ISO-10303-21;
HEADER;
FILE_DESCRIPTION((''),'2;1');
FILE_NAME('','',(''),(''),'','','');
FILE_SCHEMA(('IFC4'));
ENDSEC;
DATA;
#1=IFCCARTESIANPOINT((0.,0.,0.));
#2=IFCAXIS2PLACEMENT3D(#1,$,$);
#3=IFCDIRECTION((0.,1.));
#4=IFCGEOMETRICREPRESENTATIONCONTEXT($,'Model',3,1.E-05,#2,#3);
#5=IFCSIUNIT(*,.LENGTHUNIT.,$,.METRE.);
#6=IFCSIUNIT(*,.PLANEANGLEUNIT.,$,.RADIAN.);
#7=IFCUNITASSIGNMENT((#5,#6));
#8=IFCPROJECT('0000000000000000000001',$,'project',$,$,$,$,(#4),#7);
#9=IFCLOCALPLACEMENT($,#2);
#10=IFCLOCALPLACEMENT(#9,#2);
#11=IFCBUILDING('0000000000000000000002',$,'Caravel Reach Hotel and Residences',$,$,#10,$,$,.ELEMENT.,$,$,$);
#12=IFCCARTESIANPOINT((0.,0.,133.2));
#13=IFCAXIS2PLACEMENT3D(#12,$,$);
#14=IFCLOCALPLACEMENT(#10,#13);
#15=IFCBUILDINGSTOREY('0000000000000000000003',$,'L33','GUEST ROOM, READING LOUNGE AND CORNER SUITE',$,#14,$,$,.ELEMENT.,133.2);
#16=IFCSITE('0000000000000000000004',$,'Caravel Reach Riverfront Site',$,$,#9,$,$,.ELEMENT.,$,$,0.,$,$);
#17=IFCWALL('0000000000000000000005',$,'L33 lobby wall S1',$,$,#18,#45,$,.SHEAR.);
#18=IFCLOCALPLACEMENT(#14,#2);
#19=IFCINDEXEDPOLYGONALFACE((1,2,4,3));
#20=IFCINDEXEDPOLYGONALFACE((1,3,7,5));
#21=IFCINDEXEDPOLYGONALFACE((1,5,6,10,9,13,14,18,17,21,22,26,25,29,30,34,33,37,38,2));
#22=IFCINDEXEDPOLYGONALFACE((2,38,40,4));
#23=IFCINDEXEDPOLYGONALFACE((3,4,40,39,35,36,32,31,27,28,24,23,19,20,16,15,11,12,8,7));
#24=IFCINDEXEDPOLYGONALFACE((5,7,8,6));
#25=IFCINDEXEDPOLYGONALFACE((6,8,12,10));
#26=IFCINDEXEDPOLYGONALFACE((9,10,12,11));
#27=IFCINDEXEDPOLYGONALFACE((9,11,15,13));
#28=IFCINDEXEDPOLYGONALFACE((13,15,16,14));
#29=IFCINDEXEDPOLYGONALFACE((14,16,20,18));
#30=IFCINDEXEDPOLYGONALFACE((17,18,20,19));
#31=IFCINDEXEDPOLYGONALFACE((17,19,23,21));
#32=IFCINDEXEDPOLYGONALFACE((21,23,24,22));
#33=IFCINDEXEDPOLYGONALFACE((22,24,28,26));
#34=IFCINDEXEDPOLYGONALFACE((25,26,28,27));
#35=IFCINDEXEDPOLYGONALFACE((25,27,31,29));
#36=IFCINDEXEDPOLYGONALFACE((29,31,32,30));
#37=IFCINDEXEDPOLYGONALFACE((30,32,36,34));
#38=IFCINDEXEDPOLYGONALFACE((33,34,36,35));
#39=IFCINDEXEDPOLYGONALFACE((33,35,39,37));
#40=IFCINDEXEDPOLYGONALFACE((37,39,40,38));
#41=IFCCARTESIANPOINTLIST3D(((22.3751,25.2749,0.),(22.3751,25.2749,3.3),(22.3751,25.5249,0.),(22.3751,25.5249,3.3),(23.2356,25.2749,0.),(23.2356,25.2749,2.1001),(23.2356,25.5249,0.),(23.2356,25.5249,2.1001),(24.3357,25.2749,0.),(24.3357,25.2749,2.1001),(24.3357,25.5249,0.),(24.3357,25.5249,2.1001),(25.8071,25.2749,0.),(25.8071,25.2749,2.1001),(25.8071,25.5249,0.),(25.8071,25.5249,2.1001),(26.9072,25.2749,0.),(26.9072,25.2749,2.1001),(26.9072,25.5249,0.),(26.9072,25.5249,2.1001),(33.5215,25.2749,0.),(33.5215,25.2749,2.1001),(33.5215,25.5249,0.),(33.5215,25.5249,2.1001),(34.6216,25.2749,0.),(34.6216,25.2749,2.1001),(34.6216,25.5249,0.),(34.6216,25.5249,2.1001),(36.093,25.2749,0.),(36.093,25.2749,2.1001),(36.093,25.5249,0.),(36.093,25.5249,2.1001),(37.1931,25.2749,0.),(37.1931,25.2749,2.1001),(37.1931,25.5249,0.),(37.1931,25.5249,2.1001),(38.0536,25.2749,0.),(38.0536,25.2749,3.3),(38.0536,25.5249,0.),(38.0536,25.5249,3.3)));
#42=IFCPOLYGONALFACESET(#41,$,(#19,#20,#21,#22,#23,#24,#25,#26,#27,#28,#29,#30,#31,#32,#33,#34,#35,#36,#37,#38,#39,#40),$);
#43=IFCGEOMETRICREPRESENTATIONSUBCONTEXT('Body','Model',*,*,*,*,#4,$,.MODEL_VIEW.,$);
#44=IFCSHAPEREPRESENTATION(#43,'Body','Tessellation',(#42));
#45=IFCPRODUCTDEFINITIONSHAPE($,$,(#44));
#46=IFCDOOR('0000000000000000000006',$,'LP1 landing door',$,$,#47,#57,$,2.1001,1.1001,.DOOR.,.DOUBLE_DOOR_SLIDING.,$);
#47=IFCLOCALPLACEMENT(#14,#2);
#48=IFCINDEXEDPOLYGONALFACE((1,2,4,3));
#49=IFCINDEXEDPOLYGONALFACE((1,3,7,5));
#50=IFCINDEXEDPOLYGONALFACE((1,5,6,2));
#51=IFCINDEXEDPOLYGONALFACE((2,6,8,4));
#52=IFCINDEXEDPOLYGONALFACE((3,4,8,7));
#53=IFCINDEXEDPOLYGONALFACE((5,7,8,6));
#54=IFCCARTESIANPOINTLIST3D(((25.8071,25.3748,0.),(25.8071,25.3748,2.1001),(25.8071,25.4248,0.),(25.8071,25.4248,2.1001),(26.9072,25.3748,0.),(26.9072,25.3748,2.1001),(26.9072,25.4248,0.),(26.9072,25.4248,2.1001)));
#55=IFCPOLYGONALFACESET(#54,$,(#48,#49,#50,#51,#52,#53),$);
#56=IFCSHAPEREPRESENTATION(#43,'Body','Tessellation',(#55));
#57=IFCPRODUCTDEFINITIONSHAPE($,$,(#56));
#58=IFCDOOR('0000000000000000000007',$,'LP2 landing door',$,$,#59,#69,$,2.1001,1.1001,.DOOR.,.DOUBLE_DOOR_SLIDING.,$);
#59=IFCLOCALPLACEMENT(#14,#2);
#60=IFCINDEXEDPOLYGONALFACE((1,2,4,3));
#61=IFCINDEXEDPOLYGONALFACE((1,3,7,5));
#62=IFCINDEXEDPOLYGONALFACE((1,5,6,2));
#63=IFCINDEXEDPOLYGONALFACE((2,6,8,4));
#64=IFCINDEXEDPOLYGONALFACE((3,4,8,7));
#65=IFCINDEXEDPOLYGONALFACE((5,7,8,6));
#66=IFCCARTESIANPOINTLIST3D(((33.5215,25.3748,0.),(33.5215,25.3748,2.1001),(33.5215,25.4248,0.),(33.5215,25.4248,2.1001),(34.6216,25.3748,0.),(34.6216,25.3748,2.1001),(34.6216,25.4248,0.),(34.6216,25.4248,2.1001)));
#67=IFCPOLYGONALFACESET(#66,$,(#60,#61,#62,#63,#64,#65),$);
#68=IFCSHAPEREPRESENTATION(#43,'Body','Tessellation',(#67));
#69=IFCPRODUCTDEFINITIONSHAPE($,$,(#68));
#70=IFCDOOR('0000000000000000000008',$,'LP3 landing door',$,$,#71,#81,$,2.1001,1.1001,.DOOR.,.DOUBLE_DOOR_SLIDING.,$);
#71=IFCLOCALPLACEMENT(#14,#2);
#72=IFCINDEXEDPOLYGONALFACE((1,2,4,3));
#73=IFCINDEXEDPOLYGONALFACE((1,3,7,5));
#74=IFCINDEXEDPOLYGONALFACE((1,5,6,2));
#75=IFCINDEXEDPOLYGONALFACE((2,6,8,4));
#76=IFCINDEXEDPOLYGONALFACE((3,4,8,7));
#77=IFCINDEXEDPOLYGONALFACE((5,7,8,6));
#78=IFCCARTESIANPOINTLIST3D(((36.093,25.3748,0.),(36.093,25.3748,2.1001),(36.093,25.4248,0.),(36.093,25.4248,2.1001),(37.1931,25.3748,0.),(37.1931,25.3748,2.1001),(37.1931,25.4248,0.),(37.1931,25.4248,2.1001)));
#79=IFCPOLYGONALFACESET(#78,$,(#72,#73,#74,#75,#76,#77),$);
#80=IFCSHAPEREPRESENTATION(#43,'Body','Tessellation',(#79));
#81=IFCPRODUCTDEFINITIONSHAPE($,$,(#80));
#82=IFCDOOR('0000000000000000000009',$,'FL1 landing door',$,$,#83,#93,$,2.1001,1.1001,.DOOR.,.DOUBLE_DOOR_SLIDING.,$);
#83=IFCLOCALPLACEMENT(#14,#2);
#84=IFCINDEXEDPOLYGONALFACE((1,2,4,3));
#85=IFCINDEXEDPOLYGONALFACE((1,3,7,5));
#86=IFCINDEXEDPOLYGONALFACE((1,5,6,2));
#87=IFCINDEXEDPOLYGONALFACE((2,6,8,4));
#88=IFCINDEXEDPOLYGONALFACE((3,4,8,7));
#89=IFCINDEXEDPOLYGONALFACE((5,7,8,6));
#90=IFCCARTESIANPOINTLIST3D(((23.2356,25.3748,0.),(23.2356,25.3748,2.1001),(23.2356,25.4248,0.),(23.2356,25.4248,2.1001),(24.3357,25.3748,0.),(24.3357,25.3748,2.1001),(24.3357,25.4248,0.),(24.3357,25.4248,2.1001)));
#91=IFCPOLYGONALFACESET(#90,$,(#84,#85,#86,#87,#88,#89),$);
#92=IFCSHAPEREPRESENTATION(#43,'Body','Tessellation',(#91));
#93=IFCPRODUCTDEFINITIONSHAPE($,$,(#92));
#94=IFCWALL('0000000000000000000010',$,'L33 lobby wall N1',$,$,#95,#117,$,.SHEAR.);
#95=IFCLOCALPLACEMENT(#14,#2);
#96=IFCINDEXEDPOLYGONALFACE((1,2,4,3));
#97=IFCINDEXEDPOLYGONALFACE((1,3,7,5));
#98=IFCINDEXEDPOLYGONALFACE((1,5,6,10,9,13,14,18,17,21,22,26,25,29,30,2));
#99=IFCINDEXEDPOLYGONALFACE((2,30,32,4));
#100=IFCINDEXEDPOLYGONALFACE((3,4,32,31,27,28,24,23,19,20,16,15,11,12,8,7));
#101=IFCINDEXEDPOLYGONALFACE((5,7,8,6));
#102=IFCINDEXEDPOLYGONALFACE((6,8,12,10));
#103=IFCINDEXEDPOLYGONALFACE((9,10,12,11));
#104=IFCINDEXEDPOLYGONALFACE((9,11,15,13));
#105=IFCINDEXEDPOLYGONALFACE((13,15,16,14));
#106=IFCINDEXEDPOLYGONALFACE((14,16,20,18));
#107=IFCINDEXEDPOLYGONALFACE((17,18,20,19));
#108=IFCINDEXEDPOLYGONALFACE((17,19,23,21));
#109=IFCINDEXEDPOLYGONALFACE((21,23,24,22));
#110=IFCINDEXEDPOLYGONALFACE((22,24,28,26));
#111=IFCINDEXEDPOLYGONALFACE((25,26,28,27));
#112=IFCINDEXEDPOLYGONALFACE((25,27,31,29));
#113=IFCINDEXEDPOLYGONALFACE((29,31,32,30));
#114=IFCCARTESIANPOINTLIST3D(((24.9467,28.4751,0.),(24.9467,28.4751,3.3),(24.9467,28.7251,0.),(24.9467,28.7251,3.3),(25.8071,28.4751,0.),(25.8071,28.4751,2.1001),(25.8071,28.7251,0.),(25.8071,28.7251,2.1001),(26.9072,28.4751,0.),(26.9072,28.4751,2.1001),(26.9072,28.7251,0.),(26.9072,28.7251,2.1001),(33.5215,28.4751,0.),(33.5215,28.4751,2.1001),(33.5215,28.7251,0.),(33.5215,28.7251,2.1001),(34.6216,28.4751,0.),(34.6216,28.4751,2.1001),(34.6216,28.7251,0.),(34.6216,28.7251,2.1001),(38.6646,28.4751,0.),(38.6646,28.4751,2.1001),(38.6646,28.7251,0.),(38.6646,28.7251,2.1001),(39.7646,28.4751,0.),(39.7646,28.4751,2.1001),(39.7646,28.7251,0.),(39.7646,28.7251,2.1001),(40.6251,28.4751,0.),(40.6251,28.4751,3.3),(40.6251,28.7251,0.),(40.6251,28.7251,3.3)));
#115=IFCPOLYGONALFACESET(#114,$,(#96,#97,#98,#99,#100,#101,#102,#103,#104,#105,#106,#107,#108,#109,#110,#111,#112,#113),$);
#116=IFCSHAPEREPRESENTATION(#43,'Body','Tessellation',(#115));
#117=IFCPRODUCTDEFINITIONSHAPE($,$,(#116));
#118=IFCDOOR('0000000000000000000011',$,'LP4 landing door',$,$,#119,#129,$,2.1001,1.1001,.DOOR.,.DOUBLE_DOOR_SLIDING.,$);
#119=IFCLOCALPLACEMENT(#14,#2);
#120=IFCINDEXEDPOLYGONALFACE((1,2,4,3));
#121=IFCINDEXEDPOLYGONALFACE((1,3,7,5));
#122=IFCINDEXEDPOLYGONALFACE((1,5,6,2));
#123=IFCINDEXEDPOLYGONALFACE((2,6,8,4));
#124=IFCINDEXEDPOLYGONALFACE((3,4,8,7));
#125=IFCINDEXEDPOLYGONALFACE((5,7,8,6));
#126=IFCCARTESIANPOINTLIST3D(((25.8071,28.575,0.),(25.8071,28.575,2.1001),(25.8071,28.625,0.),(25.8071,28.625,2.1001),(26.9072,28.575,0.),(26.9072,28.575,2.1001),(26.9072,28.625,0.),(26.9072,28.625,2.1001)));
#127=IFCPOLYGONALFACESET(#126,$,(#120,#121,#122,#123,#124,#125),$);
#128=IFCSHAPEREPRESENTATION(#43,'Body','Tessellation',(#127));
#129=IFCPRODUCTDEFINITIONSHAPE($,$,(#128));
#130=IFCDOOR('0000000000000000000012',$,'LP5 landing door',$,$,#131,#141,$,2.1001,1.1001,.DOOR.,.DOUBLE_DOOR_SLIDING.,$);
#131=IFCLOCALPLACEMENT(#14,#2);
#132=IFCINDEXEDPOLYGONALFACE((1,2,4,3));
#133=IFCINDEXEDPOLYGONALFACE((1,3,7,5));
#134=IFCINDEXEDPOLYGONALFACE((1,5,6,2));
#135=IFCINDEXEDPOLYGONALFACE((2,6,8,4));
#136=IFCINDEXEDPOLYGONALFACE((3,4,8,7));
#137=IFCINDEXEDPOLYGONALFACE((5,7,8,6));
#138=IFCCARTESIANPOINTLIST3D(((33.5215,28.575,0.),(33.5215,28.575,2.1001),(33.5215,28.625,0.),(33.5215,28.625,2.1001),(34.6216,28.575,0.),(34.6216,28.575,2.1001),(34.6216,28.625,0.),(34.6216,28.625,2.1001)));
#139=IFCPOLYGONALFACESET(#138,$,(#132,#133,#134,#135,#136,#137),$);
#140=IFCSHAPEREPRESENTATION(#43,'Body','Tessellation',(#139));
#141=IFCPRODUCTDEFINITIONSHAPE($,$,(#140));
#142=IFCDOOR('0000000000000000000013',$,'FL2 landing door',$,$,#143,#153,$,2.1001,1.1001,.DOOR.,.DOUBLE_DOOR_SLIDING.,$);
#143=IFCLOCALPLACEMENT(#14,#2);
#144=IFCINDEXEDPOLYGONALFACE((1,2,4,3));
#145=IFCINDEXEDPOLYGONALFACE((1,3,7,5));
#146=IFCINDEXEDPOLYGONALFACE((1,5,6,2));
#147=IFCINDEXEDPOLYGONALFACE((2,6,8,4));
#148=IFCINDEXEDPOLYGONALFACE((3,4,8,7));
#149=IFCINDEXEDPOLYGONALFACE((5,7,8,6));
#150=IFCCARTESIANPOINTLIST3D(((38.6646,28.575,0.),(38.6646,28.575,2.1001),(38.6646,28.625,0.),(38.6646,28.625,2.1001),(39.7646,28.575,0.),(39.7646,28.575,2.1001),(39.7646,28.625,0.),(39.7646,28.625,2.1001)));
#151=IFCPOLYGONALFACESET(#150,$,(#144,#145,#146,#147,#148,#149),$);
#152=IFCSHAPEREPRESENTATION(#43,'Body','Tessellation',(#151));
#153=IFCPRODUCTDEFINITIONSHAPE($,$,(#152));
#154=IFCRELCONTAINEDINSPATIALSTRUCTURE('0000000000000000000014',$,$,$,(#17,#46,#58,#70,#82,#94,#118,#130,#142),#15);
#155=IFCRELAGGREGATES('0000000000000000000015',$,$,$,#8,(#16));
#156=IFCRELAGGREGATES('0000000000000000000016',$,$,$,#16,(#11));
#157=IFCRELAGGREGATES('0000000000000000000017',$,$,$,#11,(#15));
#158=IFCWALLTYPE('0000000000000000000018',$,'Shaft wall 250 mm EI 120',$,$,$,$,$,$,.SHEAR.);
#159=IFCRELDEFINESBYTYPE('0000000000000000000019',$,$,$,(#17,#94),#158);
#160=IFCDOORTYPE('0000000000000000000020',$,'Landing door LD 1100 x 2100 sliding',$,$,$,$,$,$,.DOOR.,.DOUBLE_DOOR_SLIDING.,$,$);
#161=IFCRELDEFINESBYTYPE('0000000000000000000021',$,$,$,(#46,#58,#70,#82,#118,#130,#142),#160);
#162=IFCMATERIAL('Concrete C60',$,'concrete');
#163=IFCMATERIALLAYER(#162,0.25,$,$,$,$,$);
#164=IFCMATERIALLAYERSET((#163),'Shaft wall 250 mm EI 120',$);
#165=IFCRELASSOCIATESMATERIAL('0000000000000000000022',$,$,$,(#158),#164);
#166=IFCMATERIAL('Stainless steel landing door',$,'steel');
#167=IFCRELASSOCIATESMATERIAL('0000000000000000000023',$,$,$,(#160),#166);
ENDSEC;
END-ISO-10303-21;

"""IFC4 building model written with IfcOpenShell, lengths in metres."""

from ifc_helpers import new_model, si_unit, direction, frame, frame_2d, origin, place, context, subcontext, project, spatial, rectangle, extrude, material, layer, layer_set, type_object, element, fill, save


model = new_model("IFC4")

# Units and contexts
model_context = context("Model", 3, precision=1e-05, world=origin(), true_north=direction((0.0, 1.0)))
body_context = subcontext(model_context, "Body", "Model", "MODEL_VIEW")
ifc_project = project(units=[si_unit("LENGTHUNIT", "METRE"), si_unit("PLANEANGLEUNIT", "RADIAN")], contexts=[model_context])

# Site, building, storey
site_placement = place(None, origin())
site = spatial("IfcSite", under=ifc_project, at=site_placement, Name="Caravel Reach Riverfront Site", CompositionType="ELEMENT", RefElevation=0.0)
building_placement = place(site_placement, origin())
building = spatial("IfcBuilding", under=site, at=building_placement, Name="Caravel Reach Hotel and Residences", CompositionType="ELEMENT")
storey_placement = place(building_placement, frame((0.0, 0.0, 133.2)))
storey = spatial("IfcBuildingStorey", under=building, at=storey_placement, Name="L33", Description="GUEST ROOM, READING LOUNGE AND CORNER SUITE", CompositionType="ELEMENT", Elevation=133.2)

# Walls, openings, doors
ifc_material_1 = material(Name="Concrete C60", Category="concrete")
ifc_layer_1 = layer(ifc_material_1, 0.25)
ifc_layer_set_1 = layer_set([ifc_layer_1], Name="Shaft wall 250 mm EI 120")
wall_type_1 = type_object("IfcWallType", Name="Shaft wall 250 mm EI 120", PredefinedType="SHEAR", material=ifc_layer_set_1)
wall_1_placement = place(storey_placement, frame((22.375, 25.3999, 0.0), z_axis=(0.0, 0.0, 1.0), x_axis=(1.0, 0.0, 0.0)))
wall_1 = element("IfcWall", 1, at=wall_1_placement, inside=storey, type_object=wall_type_1, Name="L33 lobby wall S1", PredefinedType="SHEAR", context=body_context, shape_type="SweptSolid", body=[
    extrude(rectangle(XDim=15.6785, YDim=0.25, at=frame_2d((7.8394, 0.0))), origin(), (0.0, 0.0, 1.0), 3.3),
])
opening_1_placement = place(wall_1_placement, frame((3.4321, 0.0, 0.0)))
opening_1 = element("IfcOpeningElement", 2, at=opening_1_placement, cuts=wall_1, PredefinedType="OPENING", context=body_context, shape_type="SweptSolid", body=[
    extrude(rectangle(XDim=1.1001, YDim=2.1001, at=frame_2d((0.55, 1.05))), frame((0.0, 0.135, 0.0), z_axis=(0.0, -1.0, 0.0), x_axis=(1.0, 0.0, 0.0)), (0.0, 0.0, 1.0), 0.27),
])
opening_2_placement = place(wall_1_placement, frame((11.1465, 0.0, 0.0)))
opening_2 = element("IfcOpeningElement", 3, at=opening_2_placement, cuts=wall_1, PredefinedType="OPENING", context=body_context, shape_type="SweptSolid", body=[
    extrude(rectangle(XDim=1.1001, YDim=2.1001, at=frame_2d((0.55, 1.05))), frame((0.0, 0.135, 0.0), z_axis=(0.0, -1.0, 0.0), x_axis=(1.0, 0.0, 0.0)), (0.0, 0.0, 1.0), 0.27),
])
opening_3_placement = place(wall_1_placement, frame((13.718, 0.0, 0.0)))
opening_3 = element("IfcOpeningElement", 4, at=opening_3_placement, cuts=wall_1, PredefinedType="OPENING", context=body_context, shape_type="SweptSolid", body=[
    extrude(rectangle(XDim=1.1001, YDim=2.1001, at=frame_2d((0.55, 1.05))), frame((0.0, 0.135, 0.0), z_axis=(0.0, -1.0, 0.0), x_axis=(1.0, 0.0, 0.0)), (0.0, 0.0, 1.0), 0.27),
])
opening_4_placement = place(wall_1_placement, frame((0.8606, 0.0, 0.0)))
opening_4 = element("IfcOpeningElement", 5, at=opening_4_placement, cuts=wall_1, PredefinedType="OPENING", context=body_context, shape_type="SweptSolid", body=[
    extrude(rectangle(XDim=1.1001, YDim=2.1001, at=frame_2d((0.55, 1.05))), frame((0.0, 0.135, 0.0), z_axis=(0.0, -1.0, 0.0), x_axis=(1.0, 0.0, 0.0)), (0.0, 0.0, 1.0), 0.27),
])
ifc_material_2 = material(Name="Stainless steel landing door", Category="steel")
door_type_1 = type_object("IfcDoorType", Name="Landing door LD 1100 x 2100 sliding", OperationType="DOUBLE_DOOR_SLIDING", PredefinedType="DOOR", material=ifc_material_2)
door_1_placement = place(opening_1_placement, origin())
door_1 = element("IfcDoor", 6, at=door_1_placement, inside=storey, type_object=door_type_1, Name="LP1 landing door", OperationType="DOUBLE_DOOR_SLIDING", OverallHeight=2.1001, OverallWidth=1.1001, PredefinedType="DOOR", context=body_context, shape_type="SweptSolid", body=[
    extrude(rectangle(XDim=1.1001, YDim=2.1001, at=frame_2d((0.55, 1.05))), frame((0.0, 0.0249, 0.0), z_axis=(0.0, -1.0, 0.0), x_axis=(1.0, 0.0, 0.0)), (0.0, 0.0, 1.0), 0.05),
])
fill(opening_1, door_1)
door_2_placement = place(opening_2_placement, origin())
door_2 = element("IfcDoor", 7, at=door_2_placement, inside=storey, type_object=door_type_1, Name="LP2 landing door", OperationType="DOUBLE_DOOR_SLIDING", OverallHeight=2.1001, OverallWidth=1.1001, PredefinedType="DOOR", context=body_context, shape_type="SweptSolid", body=[
    extrude(rectangle(XDim=1.1001, YDim=2.1001, at=frame_2d((0.55, 1.05))), frame((0.0, 0.0249, 0.0), z_axis=(0.0, -1.0, 0.0), x_axis=(1.0, 0.0, 0.0)), (0.0, 0.0, 1.0), 0.05),
])
fill(opening_2, door_2)
door_3_placement = place(opening_3_placement, origin())
door_3 = element("IfcDoor", 8, at=door_3_placement, inside=storey, type_object=door_type_1, Name="LP3 landing door", OperationType="DOUBLE_DOOR_SLIDING", OverallHeight=2.1001, OverallWidth=1.1001, PredefinedType="DOOR", context=body_context, shape_type="SweptSolid", body=[
    extrude(rectangle(XDim=1.1001, YDim=2.1001, at=frame_2d((0.55, 1.05))), frame((0.0, 0.0249, 0.0), z_axis=(0.0, -1.0, 0.0), x_axis=(1.0, 0.0, 0.0)), (0.0, 0.0, 1.0), 0.05),
])
fill(opening_3, door_3)
door_4_placement = place(opening_4_placement, origin())
door_4 = element("IfcDoor", 9, at=door_4_placement, inside=storey, type_object=door_type_1, Name="FL1 landing door", OperationType="DOUBLE_DOOR_SLIDING", OverallHeight=2.1001, OverallWidth=1.1001, PredefinedType="DOOR", context=body_context, shape_type="SweptSolid", body=[
    extrude(rectangle(XDim=1.1001, YDim=2.1001, at=frame_2d((0.55, 1.05))), frame((0.0, 0.0249, 0.0), z_axis=(0.0, -1.0, 0.0), x_axis=(1.0, 0.0, 0.0)), (0.0, 0.0, 1.0), 0.05),
])
fill(opening_4, door_4)
wall_2_placement = place(storey_placement, frame((24.9465, 28.6001, 0.0), z_axis=(0.0, 0.0, 1.0), x_axis=(1.0, 0.0, 0.0)))
wall_2 = element("IfcWall", 10, at=wall_2_placement, inside=storey, type_object=wall_type_1, Name="L33 lobby wall N1", PredefinedType="SHEAR", context=body_context, shape_type="SweptSolid", body=[
    extrude(rectangle(XDim=15.6785, YDim=0.25, at=frame_2d((7.8394, 0.0))), origin(), (0.0, 0.0, 1.0), 3.3),
])
opening_5_placement = place(wall_2_placement, frame((0.8606, 0.0, 0.0)))
opening_5 = element("IfcOpeningElement", 11, at=opening_5_placement, cuts=wall_2, PredefinedType="OPENING", context=body_context, shape_type="SweptSolid", body=[
    extrude(rectangle(XDim=1.1001, YDim=2.1001, at=frame_2d((0.55, 1.05))), frame((0.0, 0.135, 0.0), z_axis=(0.0, -1.0, 0.0), x_axis=(1.0, 0.0, 0.0)), (0.0, 0.0, 1.0), 0.27),
])
opening_6_placement = place(wall_2_placement, frame((8.575, 0.0, 0.0)))
opening_6 = element("IfcOpeningElement", 12, at=opening_6_placement, cuts=wall_2, PredefinedType="OPENING", context=body_context, shape_type="SweptSolid", body=[
    extrude(rectangle(XDim=1.1001, YDim=2.1001, at=frame_2d((0.55, 1.05))), frame((0.0, 0.135, 0.0), z_axis=(0.0, -1.0, 0.0), x_axis=(1.0, 0.0, 0.0)), (0.0, 0.0, 1.0), 0.27),
])
opening_7_placement = place(wall_2_placement, frame((13.718, 0.0, 0.0)))
opening_7 = element("IfcOpeningElement", 13, at=opening_7_placement, cuts=wall_2, PredefinedType="OPENING", context=body_context, shape_type="SweptSolid", body=[
    extrude(rectangle(XDim=1.1001, YDim=2.1001, at=frame_2d((0.55, 1.05))), frame((0.0, 0.135, 0.0), z_axis=(0.0, -1.0, 0.0), x_axis=(1.0, 0.0, 0.0)), (0.0, 0.0, 1.0), 0.27),
])
door_5_placement = place(opening_5_placement, origin())
door_5 = element("IfcDoor", 14, at=door_5_placement, inside=storey, type_object=door_type_1, Name="LP4 landing door", OperationType="DOUBLE_DOOR_SLIDING", OverallHeight=2.1001, OverallWidth=1.1001, PredefinedType="DOOR", context=body_context, shape_type="SweptSolid", body=[
    extrude(rectangle(XDim=1.1001, YDim=2.1001, at=frame_2d((0.55, 1.05))), frame((0.0, 0.0249, 0.0), z_axis=(0.0, -1.0, 0.0), x_axis=(1.0, 0.0, 0.0)), (0.0, 0.0, 1.0), 0.05),
])
fill(opening_5, door_5)
door_6_placement = place(opening_6_placement, origin())
door_6 = element("IfcDoor", 15, at=door_6_placement, inside=storey, type_object=door_type_1, Name="LP5 landing door", OperationType="DOUBLE_DOOR_SLIDING", OverallHeight=2.1001, OverallWidth=1.1001, PredefinedType="DOOR", context=body_context, shape_type="SweptSolid", body=[
    extrude(rectangle(XDim=1.1001, YDim=2.1001, at=frame_2d((0.55, 1.05))), frame((0.0, 0.0249, 0.0), z_axis=(0.0, -1.0, 0.0), x_axis=(1.0, 0.0, 0.0)), (0.0, 0.0, 1.0), 0.05),
])
fill(opening_6, door_6)
door_7_placement = place(opening_7_placement, origin())
door_7 = element("IfcDoor", 16, at=door_7_placement, inside=storey, type_object=door_type_1, Name="FL2 landing door", OperationType="DOUBLE_DOOR_SLIDING", OverallHeight=2.1001, OverallWidth=1.1001, PredefinedType="DOOR", context=body_context, shape_type="SweptSolid", body=[
    extrude(rectangle(XDim=1.1001, YDim=2.1001, at=frame_2d((0.55, 1.05))), frame((0.0, 0.0249, 0.0), z_axis=(0.0, -1.0, 0.0), x_axis=(1.0, 0.0, 0.0)), (0.0, 0.0, 1.0), 0.05),
])
fill(opening_7, door_7)

save(model, "model.ifc")
